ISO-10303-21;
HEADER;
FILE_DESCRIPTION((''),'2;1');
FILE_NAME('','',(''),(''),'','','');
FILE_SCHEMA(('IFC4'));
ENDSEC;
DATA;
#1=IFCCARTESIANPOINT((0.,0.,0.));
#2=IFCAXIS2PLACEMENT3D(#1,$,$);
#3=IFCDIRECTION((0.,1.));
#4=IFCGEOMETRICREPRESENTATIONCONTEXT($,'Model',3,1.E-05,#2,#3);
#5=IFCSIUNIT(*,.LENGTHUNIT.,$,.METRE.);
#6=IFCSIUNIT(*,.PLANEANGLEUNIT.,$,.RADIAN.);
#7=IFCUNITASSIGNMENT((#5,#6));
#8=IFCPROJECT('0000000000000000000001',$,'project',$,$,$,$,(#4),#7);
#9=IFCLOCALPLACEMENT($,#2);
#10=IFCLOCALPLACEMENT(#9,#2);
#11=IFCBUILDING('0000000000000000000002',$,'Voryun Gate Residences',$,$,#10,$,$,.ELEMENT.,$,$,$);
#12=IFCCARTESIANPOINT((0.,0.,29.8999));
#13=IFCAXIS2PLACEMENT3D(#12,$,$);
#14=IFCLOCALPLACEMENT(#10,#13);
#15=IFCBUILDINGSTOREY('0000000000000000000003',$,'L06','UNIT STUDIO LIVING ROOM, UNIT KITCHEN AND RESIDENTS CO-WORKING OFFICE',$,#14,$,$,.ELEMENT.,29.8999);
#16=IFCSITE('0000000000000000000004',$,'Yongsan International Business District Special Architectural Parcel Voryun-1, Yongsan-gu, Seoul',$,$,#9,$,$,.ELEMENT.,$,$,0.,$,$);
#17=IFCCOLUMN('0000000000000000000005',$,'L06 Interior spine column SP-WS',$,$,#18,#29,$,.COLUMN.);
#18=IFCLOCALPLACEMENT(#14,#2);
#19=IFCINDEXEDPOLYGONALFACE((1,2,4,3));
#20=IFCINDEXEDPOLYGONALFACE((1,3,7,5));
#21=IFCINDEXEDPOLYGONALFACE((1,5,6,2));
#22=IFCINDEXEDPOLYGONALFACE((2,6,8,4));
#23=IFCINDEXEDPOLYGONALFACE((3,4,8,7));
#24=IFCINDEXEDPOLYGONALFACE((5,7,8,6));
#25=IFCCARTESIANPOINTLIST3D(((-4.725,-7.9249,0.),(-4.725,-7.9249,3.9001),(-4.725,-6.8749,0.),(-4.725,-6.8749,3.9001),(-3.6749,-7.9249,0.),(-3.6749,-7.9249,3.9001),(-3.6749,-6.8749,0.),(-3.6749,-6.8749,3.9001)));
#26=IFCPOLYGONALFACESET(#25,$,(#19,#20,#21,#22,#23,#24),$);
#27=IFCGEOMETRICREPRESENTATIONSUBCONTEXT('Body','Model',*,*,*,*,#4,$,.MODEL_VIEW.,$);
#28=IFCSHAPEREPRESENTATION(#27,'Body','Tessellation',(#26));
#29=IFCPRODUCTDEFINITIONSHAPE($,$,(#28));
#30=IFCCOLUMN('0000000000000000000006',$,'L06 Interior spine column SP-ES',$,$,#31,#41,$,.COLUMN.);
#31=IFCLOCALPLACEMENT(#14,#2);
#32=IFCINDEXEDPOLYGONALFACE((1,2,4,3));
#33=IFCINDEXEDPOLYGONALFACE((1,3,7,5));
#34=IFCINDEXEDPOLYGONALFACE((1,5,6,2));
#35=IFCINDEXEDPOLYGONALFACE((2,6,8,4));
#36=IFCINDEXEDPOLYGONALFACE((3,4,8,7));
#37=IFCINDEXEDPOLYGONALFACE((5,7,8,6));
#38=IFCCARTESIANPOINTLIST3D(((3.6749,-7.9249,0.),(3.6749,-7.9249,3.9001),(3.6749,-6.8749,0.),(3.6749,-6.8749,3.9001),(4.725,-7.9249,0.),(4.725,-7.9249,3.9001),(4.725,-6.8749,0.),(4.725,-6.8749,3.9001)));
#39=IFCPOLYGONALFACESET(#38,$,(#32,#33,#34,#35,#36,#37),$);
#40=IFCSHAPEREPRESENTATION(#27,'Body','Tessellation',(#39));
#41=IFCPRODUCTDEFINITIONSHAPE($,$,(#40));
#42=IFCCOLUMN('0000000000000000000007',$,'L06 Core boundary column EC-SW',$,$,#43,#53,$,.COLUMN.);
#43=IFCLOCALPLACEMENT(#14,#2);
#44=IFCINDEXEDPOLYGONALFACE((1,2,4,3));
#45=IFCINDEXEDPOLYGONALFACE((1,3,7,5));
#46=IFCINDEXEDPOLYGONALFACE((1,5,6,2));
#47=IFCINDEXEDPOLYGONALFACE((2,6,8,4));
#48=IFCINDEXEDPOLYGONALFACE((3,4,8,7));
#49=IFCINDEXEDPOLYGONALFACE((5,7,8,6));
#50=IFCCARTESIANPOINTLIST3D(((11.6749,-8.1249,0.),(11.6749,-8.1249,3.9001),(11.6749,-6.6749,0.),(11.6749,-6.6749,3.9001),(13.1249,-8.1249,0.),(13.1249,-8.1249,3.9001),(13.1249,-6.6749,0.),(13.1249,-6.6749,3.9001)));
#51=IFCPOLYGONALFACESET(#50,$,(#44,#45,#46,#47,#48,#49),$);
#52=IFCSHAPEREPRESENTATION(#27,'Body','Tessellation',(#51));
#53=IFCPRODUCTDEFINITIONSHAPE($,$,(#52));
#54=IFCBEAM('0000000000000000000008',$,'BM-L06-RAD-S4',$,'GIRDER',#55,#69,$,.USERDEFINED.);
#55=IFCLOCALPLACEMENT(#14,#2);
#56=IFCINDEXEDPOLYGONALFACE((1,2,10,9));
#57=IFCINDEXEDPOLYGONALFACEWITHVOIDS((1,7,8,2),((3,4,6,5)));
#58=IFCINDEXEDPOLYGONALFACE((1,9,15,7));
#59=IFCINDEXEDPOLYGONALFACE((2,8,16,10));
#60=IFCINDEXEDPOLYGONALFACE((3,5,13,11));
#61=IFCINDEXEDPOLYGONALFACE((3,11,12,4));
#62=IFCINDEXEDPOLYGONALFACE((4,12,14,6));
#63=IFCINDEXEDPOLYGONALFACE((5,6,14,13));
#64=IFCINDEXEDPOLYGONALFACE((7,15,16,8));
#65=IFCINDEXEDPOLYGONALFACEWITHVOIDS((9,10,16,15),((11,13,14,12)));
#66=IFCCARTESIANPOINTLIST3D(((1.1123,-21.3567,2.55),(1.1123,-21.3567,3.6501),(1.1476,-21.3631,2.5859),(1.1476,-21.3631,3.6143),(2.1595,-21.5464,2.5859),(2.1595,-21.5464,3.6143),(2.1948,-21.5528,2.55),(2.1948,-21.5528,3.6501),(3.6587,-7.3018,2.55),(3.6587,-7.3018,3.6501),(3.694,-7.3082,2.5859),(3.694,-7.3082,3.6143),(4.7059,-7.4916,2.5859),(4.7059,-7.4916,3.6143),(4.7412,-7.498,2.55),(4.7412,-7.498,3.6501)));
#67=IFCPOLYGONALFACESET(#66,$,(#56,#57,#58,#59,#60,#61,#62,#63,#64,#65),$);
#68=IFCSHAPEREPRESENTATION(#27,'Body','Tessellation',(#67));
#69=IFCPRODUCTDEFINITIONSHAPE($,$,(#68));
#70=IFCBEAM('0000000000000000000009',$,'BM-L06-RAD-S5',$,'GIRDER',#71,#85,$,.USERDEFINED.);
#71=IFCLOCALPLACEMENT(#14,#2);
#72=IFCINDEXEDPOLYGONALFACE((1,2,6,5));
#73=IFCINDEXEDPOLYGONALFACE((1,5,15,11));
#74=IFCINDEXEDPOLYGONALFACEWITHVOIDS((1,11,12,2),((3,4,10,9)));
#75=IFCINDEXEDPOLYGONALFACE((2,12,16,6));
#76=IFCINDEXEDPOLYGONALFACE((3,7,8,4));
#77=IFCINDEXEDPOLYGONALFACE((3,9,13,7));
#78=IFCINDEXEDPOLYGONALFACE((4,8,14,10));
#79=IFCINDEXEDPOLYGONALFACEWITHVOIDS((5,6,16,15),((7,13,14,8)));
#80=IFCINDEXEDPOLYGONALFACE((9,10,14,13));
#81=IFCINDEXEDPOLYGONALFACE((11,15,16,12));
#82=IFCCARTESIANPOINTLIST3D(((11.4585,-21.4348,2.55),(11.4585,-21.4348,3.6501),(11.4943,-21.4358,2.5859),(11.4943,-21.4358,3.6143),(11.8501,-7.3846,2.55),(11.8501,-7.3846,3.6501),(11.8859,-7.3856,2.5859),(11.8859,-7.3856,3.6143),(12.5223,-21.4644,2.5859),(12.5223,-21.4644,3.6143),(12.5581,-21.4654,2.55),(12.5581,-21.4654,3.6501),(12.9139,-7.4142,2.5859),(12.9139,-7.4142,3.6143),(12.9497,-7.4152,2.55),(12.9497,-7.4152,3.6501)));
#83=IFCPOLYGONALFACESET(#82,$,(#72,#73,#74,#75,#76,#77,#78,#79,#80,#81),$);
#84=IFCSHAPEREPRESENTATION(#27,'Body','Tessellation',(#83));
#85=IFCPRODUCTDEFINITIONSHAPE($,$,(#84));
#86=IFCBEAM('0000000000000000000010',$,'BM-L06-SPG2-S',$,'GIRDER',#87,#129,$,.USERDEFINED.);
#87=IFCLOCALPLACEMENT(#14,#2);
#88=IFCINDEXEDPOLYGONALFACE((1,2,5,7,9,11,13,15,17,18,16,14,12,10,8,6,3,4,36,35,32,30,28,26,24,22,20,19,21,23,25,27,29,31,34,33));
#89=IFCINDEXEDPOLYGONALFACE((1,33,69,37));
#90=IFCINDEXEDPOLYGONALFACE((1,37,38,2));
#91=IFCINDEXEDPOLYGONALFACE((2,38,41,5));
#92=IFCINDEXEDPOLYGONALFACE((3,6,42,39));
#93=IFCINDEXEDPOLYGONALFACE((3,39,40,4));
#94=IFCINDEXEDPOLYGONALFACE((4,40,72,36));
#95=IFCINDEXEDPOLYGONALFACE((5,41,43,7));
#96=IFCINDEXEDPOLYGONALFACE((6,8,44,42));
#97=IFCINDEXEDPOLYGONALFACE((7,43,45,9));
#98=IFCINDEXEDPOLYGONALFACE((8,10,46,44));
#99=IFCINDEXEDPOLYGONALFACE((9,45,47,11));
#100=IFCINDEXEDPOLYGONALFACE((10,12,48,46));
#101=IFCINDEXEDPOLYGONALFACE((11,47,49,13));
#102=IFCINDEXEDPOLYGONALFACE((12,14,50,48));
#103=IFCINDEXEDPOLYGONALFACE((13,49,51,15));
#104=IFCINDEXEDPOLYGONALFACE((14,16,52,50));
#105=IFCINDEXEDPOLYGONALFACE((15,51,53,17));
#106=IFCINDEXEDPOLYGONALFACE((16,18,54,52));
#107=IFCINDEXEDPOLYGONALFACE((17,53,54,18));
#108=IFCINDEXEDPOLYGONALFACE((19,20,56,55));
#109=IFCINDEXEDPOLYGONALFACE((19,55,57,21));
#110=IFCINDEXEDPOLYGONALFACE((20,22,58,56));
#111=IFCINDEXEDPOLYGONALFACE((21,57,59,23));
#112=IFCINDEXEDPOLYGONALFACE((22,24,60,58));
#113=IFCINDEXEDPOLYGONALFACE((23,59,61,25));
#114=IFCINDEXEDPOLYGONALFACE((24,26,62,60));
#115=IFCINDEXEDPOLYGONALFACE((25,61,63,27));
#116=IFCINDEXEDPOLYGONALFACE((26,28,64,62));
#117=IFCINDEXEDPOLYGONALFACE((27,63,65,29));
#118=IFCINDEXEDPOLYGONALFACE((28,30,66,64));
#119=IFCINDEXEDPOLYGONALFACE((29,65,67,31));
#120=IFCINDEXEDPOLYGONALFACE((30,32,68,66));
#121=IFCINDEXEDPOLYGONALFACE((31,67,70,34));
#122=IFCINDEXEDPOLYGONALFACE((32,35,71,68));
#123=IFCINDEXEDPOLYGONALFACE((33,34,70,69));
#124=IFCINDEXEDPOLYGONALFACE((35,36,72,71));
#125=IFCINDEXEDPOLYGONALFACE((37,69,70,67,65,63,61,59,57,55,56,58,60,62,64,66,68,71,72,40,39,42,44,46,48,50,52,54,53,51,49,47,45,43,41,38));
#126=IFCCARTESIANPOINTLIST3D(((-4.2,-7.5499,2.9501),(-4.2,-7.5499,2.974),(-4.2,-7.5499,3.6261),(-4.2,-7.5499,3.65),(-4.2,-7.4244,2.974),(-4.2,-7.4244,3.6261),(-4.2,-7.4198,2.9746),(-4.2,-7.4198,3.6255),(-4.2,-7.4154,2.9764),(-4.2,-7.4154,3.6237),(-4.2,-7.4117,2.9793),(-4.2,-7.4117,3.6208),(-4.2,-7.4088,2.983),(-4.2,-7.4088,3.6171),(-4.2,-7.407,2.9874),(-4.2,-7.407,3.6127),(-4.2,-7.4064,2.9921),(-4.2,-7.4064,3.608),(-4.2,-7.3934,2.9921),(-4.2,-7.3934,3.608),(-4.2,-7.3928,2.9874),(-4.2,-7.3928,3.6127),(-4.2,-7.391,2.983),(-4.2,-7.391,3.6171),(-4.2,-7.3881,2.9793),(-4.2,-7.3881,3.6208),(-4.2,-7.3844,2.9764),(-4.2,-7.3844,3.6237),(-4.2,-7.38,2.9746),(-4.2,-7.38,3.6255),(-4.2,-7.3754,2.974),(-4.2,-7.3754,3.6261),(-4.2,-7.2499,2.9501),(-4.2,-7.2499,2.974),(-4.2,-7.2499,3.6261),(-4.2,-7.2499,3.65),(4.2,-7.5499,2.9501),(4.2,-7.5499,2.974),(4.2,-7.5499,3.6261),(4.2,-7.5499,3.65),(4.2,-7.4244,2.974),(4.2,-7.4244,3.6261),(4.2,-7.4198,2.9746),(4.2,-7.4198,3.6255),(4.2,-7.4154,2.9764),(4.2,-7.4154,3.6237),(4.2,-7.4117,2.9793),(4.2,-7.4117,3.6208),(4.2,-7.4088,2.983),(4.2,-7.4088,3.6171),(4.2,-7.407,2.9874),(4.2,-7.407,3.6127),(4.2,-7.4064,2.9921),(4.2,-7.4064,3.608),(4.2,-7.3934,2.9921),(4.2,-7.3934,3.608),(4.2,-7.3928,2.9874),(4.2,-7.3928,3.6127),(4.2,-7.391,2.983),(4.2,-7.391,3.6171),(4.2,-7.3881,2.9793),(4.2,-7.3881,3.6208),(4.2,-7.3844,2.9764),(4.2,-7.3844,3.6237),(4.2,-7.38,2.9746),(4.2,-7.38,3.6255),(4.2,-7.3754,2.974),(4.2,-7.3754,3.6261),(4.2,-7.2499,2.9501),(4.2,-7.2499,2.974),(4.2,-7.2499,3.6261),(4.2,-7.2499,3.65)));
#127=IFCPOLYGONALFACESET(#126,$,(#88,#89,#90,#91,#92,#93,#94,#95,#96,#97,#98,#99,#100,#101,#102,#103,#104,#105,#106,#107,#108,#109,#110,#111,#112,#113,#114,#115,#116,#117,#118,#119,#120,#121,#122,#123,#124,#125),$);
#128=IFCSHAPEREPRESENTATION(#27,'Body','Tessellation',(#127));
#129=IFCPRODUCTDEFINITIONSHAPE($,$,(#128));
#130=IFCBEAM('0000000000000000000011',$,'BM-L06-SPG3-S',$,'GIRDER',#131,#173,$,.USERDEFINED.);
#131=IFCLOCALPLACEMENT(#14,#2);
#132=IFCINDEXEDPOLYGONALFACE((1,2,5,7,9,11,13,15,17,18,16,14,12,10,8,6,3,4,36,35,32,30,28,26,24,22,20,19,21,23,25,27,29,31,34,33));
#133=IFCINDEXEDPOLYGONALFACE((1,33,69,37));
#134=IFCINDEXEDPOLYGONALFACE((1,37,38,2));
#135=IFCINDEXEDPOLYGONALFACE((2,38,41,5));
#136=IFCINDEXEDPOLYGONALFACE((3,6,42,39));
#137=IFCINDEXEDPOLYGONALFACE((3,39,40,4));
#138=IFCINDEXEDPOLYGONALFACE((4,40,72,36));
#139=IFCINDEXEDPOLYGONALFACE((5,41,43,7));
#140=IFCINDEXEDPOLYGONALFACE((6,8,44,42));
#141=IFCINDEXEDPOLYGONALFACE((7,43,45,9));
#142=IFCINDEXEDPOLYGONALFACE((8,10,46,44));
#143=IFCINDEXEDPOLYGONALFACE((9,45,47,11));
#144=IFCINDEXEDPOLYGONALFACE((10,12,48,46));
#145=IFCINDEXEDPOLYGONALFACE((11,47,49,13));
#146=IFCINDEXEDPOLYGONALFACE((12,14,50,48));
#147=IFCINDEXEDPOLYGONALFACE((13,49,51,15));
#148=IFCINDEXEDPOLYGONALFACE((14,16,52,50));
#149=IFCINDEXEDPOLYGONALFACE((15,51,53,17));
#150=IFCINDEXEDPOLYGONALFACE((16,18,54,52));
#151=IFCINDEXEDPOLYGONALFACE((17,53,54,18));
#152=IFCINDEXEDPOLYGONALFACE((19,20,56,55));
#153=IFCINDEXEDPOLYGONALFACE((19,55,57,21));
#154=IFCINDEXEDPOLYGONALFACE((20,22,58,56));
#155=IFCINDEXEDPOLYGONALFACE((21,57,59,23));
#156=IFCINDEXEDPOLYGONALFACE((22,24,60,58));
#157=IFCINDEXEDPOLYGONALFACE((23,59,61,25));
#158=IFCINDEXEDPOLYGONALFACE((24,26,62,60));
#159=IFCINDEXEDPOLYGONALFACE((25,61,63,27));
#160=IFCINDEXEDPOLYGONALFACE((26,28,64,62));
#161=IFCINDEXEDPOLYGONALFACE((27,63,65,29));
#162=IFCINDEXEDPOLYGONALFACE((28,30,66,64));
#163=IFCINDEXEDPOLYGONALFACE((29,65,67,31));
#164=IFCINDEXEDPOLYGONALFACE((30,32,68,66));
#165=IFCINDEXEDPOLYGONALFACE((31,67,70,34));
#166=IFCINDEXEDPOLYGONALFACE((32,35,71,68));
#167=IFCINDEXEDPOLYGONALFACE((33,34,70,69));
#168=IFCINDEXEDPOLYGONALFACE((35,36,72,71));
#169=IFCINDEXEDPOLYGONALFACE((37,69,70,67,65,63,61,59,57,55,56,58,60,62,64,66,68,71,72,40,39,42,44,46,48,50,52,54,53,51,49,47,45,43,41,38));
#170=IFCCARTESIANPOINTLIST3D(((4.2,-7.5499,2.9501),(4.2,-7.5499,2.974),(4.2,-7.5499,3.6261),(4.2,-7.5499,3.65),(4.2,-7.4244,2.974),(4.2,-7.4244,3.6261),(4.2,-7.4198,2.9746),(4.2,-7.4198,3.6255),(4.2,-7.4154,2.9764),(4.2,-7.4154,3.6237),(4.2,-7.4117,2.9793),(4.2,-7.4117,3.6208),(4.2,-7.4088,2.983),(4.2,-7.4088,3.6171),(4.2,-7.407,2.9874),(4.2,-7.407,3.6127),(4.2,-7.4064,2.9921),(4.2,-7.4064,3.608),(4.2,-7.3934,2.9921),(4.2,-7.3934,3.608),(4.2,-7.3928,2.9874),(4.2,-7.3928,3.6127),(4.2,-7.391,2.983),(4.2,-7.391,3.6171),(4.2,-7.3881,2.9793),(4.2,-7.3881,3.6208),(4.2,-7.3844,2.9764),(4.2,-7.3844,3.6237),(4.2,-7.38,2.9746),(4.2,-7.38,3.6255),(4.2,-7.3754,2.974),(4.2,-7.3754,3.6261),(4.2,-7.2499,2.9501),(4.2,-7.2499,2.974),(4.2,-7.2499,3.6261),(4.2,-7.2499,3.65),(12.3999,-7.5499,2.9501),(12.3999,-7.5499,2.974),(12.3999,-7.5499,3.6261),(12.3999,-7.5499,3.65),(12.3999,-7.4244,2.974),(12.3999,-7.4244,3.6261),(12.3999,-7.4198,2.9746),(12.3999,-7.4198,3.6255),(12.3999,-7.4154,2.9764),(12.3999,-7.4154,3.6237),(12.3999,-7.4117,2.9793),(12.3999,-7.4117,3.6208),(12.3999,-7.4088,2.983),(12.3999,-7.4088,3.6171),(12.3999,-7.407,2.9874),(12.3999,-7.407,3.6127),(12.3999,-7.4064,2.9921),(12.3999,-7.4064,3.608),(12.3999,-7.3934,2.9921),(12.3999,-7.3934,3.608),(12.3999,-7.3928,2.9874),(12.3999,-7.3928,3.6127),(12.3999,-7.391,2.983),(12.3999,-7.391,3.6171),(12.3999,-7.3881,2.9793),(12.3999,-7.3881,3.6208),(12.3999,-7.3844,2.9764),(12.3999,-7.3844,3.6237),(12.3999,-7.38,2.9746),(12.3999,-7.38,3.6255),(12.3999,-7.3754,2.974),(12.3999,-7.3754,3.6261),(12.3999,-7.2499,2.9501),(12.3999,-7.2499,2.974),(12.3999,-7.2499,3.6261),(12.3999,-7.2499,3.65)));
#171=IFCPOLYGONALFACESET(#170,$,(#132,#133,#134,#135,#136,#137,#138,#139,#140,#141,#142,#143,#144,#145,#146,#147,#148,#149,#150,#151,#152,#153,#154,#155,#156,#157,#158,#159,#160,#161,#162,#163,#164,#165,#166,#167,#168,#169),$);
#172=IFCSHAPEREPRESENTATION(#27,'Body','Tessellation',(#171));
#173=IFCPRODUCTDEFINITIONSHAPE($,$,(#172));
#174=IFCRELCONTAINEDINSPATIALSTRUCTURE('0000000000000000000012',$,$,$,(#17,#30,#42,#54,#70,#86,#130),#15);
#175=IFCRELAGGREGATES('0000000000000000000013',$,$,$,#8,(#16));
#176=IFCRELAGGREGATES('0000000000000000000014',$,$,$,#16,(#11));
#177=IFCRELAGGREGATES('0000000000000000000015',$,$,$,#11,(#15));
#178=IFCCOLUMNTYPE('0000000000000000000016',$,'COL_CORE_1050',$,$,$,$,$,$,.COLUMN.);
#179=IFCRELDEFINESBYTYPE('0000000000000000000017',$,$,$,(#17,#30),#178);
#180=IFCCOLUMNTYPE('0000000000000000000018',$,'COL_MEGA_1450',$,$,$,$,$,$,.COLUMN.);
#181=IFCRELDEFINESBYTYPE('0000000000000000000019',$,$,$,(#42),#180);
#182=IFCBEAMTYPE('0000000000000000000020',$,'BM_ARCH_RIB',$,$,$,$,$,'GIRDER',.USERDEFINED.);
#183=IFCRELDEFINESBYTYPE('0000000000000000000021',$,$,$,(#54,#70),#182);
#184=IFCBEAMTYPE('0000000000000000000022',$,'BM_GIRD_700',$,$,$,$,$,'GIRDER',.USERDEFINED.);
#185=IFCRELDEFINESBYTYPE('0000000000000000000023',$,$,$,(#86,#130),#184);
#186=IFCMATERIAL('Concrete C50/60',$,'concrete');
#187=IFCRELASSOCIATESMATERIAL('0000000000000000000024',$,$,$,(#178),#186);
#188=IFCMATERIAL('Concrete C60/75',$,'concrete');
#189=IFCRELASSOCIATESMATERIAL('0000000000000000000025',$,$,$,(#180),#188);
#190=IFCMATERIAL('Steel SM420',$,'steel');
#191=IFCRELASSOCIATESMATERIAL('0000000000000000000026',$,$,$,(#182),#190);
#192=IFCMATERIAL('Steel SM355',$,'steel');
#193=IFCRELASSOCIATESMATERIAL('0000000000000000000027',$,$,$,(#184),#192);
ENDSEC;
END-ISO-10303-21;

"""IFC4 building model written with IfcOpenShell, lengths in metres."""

from ifc_helpers import new_model, si_unit, direction, frame, origin, origin_2d, place, context, subcontext, project, spatial, rectangle, hollow_rectangle, i_section, extrude, material, material_profile, profile_set, type_object, element, save


model = new_model("IFC4")

# Units and contexts
model_context = context("Model", 3, precision=1e-05, world=origin(), true_north=direction((0.0, 1.0)))
body_context = subcontext(model_context, "Body", "Model", "MODEL_VIEW")
ifc_project = project(units=[si_unit("LENGTHUNIT", "METRE"), si_unit("PLANEANGLEUNIT", "RADIAN")], contexts=[model_context])

# Site, building, storey
site_placement = place(None, origin())
site = spatial("IfcSite", under=ifc_project, at=site_placement, Name="Yongsan International Business District Special Architectural Parcel Voryun-1, Yongsan-gu, Seoul", CompositionType="ELEMENT", RefElevation=0.0)
building_placement = place(site_placement, origin())
building = spatial("IfcBuilding", under=site, at=building_placement, Name="Voryun Gate Residences", CompositionType="ELEMENT")
storey_placement = place(building_placement, frame((0.0, 0.0, 29.8999)))
storey = spatial("IfcBuildingStorey", under=building, at=storey_placement, Name="L06", Description="UNIT STUDIO LIVING ROOM, UNIT KITCHEN AND RESIDENTS CO-WORKING OFFICE", CompositionType="ELEMENT", Elevation=29.8999)

# Columns
ifc_material_1 = material(Name="Concrete C50/60", Category="concrete")
ifc_material_profile_1 = material_profile(ifc_material_1, rectangle(XDim=1.05, YDim=1.05, at=origin_2d()), Name="RC-1050x1050")
ifc_profile_set_1 = profile_set([ifc_material_profile_1], Name="Concrete C50/60")
column_type_1 = type_object("IfcColumnType", Name="COL_CORE_1050", PredefinedType="COLUMN", material=ifc_profile_set_1)
for number, where, z_axis, x_axis, name in (
    (1, (-4.2, -7.3999, 0.0), (0.0, 0.0, 1.0), (1.0, 0.0, 0.0), "L06 Interior spine column SP-WS"),
    (2, (4.2, -7.3999, 0.0), (0.0, 0.0, 1.0), (1.0, 0.0, 0.0), "L06 Interior spine column SP-ES"),
):
    element("IfcColumn", number, at=place(storey_placement, frame(where, z_axis=z_axis, x_axis=x_axis)), inside=storey, type_object=column_type_1, Name=name, PredefinedType="COLUMN", context=body_context, shape_type="SweptSolid", body=[
        extrude(rectangle(XDim=1.05, YDim=1.05, at=origin_2d()), origin(), (0.0, 0.0, 1.0), 3.9001),
    ])
ifc_material_2 = material(Name="Concrete C60/75", Category="concrete")
ifc_material_profile_2 = material_profile(ifc_material_2, rectangle(XDim=1.45, YDim=1.45, at=origin_2d()), Name="RC-1450x1450")
ifc_profile_set_2 = profile_set([ifc_material_profile_2], Name="Concrete C60/75")
column_type_2 = type_object("IfcColumnType", Name="COL_MEGA_1450", PredefinedType="COLUMN", material=ifc_profile_set_2)
column_placement = place(storey_placement, frame((12.3999, -7.3999, 0.0), z_axis=(0.0, 0.0, 1.0), x_axis=(1.0, 0.0, 0.0)))
element("IfcColumn", 3, at=column_placement, inside=storey, type_object=column_type_2, Name="L06 Core boundary column EC-SW", PredefinedType="COLUMN", context=body_context, shape_type="SweptSolid", body=[
    extrude(rectangle(XDim=1.45, YDim=1.45, at=origin_2d()), origin(), (0.0, 0.0, 1.0), 3.9001),
])

# Beams
ifc_material_3 = material(Name="Steel SM420", Category="steel")
ifc_material_profile_3 = material_profile(ifc_material_3, hollow_rectangle(XDim=1.1001, YDim=1.1001, WallThickness=0.0359, at=origin_2d()), Name="BOX-1100x1100x36")
ifc_profile_set_3 = profile_set([ifc_material_profile_3], Name="Steel SM420")
beam_type_1 = type_object("IfcBeamType", Name="BM_ARCH_RIB", ElementType="GIRDER", PredefinedType="USERDEFINED", material=ifc_profile_set_3)
beam_1_placement = place(storey_placement, frame((4.2, -7.3999, 3.1001), z_axis=(-0.178272, -0.983981, 0.0), x_axis=(0.983981, -0.178272, 0.0)))
element("IfcBeam", 4, at=beam_1_placement, inside=storey, type_object=beam_type_1, Name="BM-L06-RAD-S4", ObjectType="GIRDER", PredefinedType="USERDEFINED", context=body_context, shape_type="SweptSolid", body=[
    extrude(hollow_rectangle(XDim=1.1001, YDim=1.1001, WallThickness=0.0359, at=origin_2d()), origin(), (0.0, 0.0, 1.0), 14.2837),
])
beam_2_placement = place(storey_placement, frame((12.3999, -7.3999, 3.1001), z_axis=(-0.027861, -0.999612, 0.0), x_axis=(0.999612, -0.027861, 0.0)))
element("IfcBeam", 5, at=beam_2_placement, inside=storey, type_object=beam_type_1, Name="BM-L06-RAD-S5", ObjectType="GIRDER", PredefinedType="USERDEFINED", context=body_context, shape_type="SweptSolid", body=[
    extrude(hollow_rectangle(XDim=1.1001, YDim=1.1001, WallThickness=0.0359, at=origin_2d()), origin(), (0.0, 0.0, 1.0), 14.0557),
])
ifc_material_4 = material(Name="Steel SM355", Category="steel")
ifc_material_profile_4 = material_profile(ifc_material_4, i_section(OverallWidth=0.3, OverallDepth=0.7, WebThickness=0.0129, FlangeThickness=0.0239, FilletRadius=0.0181, at=origin_2d()), Name="H-700x300x13x24")
ifc_profile_set_4 = profile_set([ifc_material_profile_4], Name="Steel SM355")
beam_type_2 = type_object("IfcBeamType", Name="BM_GIRD_700", ElementType="GIRDER", PredefinedType="USERDEFINED", material=ifc_profile_set_4)
beam_3_placement = place(storey_placement, frame((-4.2, -7.3999, 3.3), z_axis=(1.0, 0.0, 0.0), x_axis=(0.0, 1.0, 0.0)))
element("IfcBeam", 6, at=beam_3_placement, inside=storey, type_object=beam_type_2, Name="BM-L06-SPG2-S", ObjectType="GIRDER", PredefinedType="USERDEFINED", context=body_context, shape_type="SweptSolid", body=[
    extrude(i_section(OverallWidth=0.3, OverallDepth=0.7, WebThickness=0.0129, FlangeThickness=0.0239, FilletRadius=0.0181, at=origin_2d()), origin(), (0.0, 0.0, 1.0), 8.3999),
])
beam_4_placement = place(storey_placement, frame((4.2, -7.3999, 3.3), z_axis=(1.0, 0.0, 0.0), x_axis=(0.0, 1.0, 0.0)))
element("IfcBeam", 7, at=beam_4_placement, inside=storey, type_object=beam_type_2, Name="BM-L06-SPG3-S", ObjectType="GIRDER", PredefinedType="USERDEFINED", context=body_context, shape_type="SweptSolid", body=[
    extrude(i_section(OverallWidth=0.3, OverallDepth=0.7, WebThickness=0.0129, FlangeThickness=0.0239, FilletRadius=0.0181, at=origin_2d()), origin(), (0.0, 0.0, 1.0), 8.2),
])

save(model, "model.ifc")
